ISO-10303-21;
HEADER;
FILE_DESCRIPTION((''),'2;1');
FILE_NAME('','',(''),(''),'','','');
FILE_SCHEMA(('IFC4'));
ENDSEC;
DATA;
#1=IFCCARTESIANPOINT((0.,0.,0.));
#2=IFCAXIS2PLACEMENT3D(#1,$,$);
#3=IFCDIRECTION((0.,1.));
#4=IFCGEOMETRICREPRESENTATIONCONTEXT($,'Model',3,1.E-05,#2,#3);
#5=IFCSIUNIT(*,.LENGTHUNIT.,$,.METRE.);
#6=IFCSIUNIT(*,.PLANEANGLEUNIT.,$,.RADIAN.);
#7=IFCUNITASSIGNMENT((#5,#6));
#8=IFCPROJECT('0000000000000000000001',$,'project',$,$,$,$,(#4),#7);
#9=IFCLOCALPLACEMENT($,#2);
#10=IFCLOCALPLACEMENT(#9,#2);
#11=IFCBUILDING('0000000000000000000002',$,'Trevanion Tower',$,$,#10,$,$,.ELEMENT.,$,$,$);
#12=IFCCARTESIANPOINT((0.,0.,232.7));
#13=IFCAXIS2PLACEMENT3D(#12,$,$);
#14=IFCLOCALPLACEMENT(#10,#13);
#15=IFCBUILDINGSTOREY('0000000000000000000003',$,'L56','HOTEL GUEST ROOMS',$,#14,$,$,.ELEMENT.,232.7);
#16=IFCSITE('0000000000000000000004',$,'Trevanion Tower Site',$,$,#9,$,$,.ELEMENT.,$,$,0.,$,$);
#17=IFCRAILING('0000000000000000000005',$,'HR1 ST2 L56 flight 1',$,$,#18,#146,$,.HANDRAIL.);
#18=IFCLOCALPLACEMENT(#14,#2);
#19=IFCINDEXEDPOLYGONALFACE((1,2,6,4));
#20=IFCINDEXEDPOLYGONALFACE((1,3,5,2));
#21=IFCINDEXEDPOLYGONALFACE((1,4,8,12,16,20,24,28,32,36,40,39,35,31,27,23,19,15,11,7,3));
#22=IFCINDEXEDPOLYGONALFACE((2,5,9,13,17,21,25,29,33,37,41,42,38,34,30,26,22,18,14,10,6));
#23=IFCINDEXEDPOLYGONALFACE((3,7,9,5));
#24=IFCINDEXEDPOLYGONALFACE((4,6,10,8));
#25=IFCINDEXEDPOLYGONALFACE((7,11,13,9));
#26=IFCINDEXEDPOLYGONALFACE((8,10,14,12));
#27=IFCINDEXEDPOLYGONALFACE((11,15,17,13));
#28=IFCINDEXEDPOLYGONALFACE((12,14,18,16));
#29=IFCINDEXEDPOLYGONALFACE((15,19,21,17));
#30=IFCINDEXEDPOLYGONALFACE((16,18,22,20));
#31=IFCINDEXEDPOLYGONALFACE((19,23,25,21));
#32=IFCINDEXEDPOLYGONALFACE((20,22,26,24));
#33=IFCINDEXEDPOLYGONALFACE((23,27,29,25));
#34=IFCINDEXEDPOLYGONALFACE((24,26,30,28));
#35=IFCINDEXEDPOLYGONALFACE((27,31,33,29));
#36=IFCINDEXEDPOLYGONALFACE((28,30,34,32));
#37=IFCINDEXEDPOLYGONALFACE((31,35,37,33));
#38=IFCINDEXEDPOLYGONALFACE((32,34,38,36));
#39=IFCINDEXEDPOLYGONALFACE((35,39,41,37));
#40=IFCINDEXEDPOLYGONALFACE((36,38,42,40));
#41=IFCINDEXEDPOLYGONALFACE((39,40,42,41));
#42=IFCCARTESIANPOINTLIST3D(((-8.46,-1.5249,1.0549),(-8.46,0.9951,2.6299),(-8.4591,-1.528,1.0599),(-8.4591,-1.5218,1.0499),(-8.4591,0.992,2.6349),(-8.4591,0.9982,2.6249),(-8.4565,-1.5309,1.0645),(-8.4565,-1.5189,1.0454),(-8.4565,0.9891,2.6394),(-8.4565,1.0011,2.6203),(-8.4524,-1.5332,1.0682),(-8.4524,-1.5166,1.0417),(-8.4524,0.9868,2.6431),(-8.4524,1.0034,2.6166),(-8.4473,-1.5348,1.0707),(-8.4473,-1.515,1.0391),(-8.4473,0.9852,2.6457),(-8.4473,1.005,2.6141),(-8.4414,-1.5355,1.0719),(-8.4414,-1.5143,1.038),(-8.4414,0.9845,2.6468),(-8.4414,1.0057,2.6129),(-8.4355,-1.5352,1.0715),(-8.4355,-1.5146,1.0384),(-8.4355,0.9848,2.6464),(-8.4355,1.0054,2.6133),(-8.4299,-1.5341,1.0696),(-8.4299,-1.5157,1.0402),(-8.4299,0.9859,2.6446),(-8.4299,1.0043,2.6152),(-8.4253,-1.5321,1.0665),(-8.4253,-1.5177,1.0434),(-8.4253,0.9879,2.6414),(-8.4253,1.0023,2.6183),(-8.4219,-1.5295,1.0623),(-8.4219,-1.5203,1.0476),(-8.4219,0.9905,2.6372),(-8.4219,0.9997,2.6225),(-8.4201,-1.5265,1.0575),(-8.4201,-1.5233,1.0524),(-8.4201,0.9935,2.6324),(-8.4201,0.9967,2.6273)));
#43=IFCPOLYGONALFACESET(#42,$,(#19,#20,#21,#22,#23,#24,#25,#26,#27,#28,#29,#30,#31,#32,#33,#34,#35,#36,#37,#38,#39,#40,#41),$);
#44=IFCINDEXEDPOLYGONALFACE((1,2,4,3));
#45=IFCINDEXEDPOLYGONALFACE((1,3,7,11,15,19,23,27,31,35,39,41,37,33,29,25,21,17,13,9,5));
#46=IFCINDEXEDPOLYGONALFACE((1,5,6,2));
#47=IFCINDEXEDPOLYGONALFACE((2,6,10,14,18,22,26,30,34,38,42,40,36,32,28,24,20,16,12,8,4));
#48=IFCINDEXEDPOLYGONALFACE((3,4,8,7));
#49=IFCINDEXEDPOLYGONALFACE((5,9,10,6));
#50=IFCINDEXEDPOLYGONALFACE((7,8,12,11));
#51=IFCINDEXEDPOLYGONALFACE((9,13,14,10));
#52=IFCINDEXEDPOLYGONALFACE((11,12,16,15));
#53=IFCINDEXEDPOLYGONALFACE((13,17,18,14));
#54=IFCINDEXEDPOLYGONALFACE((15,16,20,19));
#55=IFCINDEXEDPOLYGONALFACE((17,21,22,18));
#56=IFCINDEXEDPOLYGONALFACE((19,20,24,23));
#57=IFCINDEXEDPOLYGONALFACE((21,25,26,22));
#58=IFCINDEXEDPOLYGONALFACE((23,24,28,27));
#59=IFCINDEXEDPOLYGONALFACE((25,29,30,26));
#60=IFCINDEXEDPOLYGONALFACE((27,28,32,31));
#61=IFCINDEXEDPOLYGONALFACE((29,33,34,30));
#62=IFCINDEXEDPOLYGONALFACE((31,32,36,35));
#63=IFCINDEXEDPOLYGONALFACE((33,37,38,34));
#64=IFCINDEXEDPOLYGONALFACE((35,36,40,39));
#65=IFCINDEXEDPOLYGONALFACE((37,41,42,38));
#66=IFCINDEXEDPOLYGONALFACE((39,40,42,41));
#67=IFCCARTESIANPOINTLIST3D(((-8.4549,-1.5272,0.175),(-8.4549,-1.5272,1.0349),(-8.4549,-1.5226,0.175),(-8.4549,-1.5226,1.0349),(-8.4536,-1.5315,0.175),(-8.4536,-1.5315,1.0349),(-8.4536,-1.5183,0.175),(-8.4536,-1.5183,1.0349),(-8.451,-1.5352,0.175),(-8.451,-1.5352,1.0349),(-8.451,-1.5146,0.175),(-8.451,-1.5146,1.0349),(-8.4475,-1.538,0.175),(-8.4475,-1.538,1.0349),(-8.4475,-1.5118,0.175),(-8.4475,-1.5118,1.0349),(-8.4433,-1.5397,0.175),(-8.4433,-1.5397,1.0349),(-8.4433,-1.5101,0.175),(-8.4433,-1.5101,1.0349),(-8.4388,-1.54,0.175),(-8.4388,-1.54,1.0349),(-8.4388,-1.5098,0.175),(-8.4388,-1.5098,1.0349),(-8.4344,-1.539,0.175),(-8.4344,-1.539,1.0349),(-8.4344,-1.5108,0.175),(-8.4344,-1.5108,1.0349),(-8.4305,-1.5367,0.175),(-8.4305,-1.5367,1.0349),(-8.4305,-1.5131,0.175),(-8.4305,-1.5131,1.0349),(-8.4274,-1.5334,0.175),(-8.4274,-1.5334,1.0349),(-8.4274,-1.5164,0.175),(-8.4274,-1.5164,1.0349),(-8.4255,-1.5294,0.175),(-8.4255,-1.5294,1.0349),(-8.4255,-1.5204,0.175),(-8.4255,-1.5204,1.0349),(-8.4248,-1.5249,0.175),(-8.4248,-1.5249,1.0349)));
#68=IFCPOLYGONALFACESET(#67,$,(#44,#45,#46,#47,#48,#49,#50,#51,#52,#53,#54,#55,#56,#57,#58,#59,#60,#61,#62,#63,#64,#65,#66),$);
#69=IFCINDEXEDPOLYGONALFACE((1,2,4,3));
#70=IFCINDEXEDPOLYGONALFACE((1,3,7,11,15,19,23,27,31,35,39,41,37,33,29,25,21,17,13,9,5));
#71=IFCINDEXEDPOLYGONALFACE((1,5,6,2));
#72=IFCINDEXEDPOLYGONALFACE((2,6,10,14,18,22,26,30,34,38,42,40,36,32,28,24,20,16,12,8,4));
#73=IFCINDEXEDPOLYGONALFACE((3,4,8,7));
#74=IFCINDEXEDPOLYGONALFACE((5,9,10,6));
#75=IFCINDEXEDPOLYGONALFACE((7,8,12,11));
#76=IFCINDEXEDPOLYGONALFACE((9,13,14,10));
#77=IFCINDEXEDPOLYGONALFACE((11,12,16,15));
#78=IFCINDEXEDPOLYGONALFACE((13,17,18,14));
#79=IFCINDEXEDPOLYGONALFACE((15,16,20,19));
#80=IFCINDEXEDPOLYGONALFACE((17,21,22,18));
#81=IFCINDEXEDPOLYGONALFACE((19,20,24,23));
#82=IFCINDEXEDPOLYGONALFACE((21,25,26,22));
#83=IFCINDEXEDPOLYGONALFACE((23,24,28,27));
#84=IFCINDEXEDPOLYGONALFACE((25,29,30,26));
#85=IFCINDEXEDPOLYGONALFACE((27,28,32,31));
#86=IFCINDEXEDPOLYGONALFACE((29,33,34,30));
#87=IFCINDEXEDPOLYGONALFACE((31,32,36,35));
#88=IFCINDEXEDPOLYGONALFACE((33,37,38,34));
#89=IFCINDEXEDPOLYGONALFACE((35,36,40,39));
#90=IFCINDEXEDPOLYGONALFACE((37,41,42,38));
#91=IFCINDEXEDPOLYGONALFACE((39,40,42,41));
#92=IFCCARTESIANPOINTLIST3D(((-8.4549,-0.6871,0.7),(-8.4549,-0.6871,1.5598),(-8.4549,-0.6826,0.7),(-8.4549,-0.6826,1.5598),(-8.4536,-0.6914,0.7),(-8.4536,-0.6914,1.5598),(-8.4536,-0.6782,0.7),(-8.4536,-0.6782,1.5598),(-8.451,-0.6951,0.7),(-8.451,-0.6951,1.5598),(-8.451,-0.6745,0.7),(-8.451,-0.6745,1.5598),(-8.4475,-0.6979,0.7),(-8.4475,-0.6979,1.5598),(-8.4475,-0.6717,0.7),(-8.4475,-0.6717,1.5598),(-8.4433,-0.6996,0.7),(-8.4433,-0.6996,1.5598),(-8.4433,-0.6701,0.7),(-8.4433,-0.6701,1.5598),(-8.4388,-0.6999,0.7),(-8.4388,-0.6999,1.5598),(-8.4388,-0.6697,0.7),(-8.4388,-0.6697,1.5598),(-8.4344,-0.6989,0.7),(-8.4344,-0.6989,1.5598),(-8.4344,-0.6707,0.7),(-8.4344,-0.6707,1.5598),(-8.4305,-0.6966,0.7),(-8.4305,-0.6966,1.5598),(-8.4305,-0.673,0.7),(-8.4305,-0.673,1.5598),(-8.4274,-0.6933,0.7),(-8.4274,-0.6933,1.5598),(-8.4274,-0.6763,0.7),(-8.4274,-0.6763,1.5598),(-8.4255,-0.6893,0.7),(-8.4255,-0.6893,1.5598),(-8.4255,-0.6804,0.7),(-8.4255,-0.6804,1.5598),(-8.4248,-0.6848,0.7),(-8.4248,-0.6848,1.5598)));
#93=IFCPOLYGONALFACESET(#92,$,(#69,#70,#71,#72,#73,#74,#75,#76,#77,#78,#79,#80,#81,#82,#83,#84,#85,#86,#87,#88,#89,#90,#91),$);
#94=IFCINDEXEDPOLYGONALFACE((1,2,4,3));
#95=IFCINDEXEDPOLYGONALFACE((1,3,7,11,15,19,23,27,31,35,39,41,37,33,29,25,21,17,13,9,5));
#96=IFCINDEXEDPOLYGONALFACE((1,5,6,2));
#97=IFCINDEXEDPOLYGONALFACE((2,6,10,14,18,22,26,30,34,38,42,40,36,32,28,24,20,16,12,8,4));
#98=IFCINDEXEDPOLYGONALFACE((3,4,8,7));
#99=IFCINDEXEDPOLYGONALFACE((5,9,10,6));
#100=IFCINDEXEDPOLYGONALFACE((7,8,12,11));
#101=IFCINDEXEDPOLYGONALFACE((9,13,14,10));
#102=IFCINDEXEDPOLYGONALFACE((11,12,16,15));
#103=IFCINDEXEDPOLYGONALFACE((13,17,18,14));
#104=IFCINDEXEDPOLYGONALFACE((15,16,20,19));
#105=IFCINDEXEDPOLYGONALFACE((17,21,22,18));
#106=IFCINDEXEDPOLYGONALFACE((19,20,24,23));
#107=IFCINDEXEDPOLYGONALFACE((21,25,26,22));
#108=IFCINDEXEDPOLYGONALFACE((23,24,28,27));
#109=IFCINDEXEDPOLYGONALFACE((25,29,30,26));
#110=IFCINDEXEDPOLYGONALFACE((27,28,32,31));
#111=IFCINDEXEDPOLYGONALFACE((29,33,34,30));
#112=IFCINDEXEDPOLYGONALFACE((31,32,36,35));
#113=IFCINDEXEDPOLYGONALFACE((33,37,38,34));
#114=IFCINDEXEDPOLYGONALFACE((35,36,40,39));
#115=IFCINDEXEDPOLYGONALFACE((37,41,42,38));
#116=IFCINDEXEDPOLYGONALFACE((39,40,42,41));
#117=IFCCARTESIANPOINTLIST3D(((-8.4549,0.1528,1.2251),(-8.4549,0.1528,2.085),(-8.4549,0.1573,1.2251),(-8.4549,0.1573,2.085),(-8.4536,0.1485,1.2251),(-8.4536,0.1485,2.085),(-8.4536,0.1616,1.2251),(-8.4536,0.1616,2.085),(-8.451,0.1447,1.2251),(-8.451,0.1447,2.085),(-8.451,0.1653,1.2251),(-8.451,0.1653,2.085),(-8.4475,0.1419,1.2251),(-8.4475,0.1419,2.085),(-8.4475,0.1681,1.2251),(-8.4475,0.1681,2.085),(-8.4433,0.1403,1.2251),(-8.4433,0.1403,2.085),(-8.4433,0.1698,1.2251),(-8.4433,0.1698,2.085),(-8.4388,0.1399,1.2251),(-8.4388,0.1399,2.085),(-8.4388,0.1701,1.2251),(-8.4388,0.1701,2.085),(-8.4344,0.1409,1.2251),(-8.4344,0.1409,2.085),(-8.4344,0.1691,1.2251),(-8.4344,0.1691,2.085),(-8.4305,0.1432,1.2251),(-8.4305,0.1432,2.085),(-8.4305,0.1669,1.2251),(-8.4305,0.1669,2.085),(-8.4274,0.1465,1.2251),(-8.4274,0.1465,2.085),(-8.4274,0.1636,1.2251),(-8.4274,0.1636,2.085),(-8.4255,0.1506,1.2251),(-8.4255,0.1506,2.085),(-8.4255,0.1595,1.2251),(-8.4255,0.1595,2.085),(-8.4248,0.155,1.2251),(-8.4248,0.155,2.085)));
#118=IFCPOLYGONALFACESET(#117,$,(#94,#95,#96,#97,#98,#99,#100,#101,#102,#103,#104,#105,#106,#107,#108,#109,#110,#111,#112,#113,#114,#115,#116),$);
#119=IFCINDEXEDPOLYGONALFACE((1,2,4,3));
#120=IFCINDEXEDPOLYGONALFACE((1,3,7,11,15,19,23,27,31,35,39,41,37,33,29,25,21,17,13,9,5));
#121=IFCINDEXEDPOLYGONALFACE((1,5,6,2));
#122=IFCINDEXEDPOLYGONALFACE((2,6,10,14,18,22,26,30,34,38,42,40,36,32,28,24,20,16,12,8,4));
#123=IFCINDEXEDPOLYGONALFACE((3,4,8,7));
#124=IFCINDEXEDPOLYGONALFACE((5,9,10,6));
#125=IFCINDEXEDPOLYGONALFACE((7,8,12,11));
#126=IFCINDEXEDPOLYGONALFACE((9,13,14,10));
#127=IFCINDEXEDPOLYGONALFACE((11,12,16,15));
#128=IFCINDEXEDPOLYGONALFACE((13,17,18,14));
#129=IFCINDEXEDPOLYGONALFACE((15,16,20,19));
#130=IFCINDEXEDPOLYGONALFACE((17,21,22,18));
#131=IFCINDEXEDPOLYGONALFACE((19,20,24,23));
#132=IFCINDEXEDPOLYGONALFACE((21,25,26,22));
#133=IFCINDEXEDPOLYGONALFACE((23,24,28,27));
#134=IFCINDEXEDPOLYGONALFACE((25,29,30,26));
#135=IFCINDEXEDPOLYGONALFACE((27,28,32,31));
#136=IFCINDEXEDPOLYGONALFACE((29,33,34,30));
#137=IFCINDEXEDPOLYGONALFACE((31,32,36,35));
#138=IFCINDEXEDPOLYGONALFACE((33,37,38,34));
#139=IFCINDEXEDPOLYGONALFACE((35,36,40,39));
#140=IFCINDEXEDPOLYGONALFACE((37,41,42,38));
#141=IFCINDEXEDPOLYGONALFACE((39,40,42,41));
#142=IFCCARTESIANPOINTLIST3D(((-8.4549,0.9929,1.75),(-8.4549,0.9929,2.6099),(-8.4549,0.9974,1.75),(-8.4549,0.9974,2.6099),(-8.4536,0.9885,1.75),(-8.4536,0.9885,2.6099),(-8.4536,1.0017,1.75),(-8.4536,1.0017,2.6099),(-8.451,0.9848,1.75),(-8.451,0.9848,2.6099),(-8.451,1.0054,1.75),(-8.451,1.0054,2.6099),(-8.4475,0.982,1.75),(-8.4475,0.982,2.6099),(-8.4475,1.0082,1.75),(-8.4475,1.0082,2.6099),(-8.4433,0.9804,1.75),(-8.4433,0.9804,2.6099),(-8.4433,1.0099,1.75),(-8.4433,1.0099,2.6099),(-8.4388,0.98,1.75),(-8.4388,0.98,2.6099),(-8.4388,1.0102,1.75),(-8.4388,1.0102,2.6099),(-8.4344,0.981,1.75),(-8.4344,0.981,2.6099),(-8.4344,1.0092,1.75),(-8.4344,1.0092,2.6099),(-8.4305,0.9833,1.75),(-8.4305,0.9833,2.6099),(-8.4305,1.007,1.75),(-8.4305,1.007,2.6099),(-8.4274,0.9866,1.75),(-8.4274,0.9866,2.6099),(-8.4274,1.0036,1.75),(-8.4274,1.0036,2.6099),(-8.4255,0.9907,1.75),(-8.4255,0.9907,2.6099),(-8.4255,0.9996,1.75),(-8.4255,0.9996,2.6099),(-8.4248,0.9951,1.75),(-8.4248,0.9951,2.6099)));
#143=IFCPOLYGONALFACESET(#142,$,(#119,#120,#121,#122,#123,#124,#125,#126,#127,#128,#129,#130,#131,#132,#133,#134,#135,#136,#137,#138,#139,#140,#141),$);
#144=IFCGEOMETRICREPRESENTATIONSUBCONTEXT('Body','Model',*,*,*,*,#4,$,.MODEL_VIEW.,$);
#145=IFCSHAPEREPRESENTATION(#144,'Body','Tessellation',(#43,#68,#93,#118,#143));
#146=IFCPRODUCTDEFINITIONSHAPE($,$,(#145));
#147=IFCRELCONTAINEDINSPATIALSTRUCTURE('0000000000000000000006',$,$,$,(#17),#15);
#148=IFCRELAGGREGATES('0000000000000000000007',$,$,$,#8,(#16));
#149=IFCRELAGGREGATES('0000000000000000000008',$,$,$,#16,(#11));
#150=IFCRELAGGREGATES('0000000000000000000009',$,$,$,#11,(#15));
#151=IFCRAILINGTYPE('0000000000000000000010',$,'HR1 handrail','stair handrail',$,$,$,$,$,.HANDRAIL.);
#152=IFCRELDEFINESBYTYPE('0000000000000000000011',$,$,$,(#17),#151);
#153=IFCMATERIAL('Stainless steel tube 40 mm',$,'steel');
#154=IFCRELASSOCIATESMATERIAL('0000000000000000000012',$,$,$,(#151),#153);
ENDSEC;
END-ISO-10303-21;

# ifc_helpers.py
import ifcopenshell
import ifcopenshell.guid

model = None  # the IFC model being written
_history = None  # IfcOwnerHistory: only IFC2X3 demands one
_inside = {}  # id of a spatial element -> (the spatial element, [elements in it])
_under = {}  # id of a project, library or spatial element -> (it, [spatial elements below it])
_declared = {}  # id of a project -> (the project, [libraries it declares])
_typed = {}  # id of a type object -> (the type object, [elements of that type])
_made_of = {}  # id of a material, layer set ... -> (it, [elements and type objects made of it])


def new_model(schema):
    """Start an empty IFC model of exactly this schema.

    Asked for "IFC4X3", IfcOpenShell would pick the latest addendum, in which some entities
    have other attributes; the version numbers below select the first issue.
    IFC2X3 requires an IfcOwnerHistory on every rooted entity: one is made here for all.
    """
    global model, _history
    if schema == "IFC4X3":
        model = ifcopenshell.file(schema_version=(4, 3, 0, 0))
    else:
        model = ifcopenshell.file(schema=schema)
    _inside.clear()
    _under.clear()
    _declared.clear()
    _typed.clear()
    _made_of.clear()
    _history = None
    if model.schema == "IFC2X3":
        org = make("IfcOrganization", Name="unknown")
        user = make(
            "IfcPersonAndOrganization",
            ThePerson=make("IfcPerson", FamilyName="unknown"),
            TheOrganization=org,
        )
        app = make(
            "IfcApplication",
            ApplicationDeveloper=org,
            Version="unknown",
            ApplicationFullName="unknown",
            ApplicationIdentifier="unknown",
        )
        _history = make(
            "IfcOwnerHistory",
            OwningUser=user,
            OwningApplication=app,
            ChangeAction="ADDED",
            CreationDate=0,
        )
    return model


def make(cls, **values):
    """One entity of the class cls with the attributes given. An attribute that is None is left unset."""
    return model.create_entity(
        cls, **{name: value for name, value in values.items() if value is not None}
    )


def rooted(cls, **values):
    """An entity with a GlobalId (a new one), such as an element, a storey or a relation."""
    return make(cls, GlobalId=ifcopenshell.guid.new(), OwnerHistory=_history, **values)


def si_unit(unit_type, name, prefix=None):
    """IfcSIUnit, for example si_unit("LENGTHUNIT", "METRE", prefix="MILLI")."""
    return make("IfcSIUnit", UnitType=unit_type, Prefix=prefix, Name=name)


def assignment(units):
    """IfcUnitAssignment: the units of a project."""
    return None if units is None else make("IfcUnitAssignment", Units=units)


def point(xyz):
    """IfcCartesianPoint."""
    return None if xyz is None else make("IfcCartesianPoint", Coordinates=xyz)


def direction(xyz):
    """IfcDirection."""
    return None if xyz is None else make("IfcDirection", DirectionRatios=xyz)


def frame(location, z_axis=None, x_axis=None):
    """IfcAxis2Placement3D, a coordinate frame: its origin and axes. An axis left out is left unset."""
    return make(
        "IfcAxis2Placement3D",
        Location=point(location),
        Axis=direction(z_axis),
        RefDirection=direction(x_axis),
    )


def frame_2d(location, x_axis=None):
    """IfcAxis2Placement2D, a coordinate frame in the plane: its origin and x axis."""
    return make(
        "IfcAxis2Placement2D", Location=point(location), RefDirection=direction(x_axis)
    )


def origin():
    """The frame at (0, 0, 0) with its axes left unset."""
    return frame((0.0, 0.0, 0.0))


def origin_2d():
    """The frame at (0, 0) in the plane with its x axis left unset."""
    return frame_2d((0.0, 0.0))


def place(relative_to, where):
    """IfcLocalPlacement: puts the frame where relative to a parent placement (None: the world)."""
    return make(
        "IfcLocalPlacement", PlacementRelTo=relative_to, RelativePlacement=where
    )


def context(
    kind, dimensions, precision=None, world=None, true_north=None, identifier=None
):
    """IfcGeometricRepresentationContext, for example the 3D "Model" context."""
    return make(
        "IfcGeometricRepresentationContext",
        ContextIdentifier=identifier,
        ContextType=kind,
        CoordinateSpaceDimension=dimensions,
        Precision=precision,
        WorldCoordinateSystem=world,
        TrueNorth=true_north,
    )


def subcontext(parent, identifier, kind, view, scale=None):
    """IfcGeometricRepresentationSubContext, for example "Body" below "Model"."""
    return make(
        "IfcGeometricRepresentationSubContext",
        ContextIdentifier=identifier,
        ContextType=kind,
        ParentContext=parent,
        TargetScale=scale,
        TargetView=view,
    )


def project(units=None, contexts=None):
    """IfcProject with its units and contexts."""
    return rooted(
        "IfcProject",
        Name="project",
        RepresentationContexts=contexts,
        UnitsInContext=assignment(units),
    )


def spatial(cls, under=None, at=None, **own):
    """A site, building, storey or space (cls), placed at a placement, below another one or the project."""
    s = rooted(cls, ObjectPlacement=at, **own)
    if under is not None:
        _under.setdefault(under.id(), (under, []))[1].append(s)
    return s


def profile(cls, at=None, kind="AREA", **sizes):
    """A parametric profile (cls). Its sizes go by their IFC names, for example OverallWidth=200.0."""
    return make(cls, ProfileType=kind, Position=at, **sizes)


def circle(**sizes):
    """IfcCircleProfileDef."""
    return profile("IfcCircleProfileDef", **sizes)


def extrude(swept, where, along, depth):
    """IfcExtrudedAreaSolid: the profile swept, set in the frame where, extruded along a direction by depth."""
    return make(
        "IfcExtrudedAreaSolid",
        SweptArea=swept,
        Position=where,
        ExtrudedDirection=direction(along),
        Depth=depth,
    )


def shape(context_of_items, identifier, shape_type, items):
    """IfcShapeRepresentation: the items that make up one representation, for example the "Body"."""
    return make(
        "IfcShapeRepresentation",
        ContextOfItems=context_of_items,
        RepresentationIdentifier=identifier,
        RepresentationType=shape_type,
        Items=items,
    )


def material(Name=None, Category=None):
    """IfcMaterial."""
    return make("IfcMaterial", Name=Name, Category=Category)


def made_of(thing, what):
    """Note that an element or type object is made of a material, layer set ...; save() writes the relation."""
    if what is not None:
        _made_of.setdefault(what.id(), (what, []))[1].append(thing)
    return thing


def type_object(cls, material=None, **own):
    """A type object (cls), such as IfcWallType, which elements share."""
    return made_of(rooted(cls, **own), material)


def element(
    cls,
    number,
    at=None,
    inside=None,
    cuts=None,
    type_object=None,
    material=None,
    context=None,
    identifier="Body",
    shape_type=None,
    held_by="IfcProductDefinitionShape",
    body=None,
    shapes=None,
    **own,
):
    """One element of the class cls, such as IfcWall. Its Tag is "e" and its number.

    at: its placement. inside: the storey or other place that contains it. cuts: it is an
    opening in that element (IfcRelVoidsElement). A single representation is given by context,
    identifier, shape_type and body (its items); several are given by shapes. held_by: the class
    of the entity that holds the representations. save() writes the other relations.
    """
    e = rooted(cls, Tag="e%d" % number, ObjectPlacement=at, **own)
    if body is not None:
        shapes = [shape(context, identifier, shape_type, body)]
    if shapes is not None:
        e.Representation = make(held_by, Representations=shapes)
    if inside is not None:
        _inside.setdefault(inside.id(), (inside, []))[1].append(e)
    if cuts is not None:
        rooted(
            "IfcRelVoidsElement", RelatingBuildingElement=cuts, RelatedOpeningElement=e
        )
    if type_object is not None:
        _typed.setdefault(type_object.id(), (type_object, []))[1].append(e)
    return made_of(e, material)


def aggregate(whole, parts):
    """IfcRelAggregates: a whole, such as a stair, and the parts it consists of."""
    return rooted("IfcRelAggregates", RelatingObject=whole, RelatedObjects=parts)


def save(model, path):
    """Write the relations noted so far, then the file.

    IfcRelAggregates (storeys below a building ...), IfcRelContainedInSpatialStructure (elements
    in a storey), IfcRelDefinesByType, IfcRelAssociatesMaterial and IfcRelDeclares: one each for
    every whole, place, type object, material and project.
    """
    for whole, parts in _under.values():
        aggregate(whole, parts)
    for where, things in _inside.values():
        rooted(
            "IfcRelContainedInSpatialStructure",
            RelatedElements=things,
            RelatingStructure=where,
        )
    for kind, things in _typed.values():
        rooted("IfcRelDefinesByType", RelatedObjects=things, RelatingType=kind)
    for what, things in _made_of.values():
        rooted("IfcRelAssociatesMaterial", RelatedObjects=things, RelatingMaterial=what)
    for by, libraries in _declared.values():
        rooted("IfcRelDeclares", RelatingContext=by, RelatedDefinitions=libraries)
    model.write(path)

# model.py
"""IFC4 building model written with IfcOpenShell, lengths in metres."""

from ifc_helpers import new_model, si_unit, direction, frame, origin, origin_2d, place, context, subcontext, project, spatial, circle, extrude, material, type_object, element, save


model = new_model("IFC4")

# Units and contexts
model_context = context("Model", 3, precision=1e-05, world=origin(), true_north=direction((0.0, 1.0)))
body_context = subcontext(model_context, "Body", "Model", "MODEL_VIEW")
ifc_project = project(units=[si_unit("LENGTHUNIT", "METRE"), si_unit("PLANEANGLEUNIT", "RADIAN")], contexts=[model_context])

# Site, building, storey
site_placement = place(None, origin())
site = spatial("IfcSite", under=ifc_project, at=site_placement, Name="Trevanion Tower Site", CompositionType="ELEMENT", RefElevation=0.0)
building_placement = place(site_placement, origin())
building = spatial("IfcBuilding", under=site, at=building_placement, Name="Trevanion Tower", CompositionType="ELEMENT")
storey_placement = place(building_placement, frame((0.0, 0.0, 232.7)))
storey = spatial("IfcBuildingStorey", under=building, at=storey_placement, Name="L56", Description="HOTEL GUEST ROOMS", CompositionType="ELEMENT", Elevation=232.7)

# Railing
ifc_material_1 = material(Name="Stainless steel tube 40 mm", Category="steel")
railing_type = type_object("IfcRailingType", Name="HR1 handrail", Description="stair handrail", PredefinedType="HANDRAIL", material=ifc_material_1)
for number, where, name in (
    (1, (-8.4399, -1.5249, 0.175), "HR1 ST2 L56 flight 1"),
):
    element("IfcRailing", number, at=place(storey_placement, frame(where)), inside=storey, type_object=railing_type, Name=name, PredefinedType="HANDRAIL", context=body_context, shape_type="SweptSolid", body=[
        extrude(circle(Radius=0.02, at=origin_2d()), frame((0.0, 0.0, 0.8799), z_axis=(0.0, 0.848008, 0.529984), x_axis=(-1.0, 0.0, 0.0)), (0.0, 0.0, 1.0), 2.9717),
        extrude(circle(Radius=0.0151, at=origin_2d()), origin(), (0.0, 0.0, 1.0), 0.8599),
        extrude(circle(Radius=0.0151, at=origin_2d()), frame((0.0, 0.8401, 0.5249)), (0.0, 0.0, 1.0), 0.8599),
        extrude(circle(Radius=0.0151, at=origin_2d()), frame((0.0, 1.6799, 1.05)), (0.0, 0.0, 1.0), 0.8599),
        extrude(circle(Radius=0.0151, at=origin_2d()), frame((0.0, 2.52, 1.575)), (0.0, 0.0, 1.0), 0.8599),
    ])

save(model, "model.ifc")
